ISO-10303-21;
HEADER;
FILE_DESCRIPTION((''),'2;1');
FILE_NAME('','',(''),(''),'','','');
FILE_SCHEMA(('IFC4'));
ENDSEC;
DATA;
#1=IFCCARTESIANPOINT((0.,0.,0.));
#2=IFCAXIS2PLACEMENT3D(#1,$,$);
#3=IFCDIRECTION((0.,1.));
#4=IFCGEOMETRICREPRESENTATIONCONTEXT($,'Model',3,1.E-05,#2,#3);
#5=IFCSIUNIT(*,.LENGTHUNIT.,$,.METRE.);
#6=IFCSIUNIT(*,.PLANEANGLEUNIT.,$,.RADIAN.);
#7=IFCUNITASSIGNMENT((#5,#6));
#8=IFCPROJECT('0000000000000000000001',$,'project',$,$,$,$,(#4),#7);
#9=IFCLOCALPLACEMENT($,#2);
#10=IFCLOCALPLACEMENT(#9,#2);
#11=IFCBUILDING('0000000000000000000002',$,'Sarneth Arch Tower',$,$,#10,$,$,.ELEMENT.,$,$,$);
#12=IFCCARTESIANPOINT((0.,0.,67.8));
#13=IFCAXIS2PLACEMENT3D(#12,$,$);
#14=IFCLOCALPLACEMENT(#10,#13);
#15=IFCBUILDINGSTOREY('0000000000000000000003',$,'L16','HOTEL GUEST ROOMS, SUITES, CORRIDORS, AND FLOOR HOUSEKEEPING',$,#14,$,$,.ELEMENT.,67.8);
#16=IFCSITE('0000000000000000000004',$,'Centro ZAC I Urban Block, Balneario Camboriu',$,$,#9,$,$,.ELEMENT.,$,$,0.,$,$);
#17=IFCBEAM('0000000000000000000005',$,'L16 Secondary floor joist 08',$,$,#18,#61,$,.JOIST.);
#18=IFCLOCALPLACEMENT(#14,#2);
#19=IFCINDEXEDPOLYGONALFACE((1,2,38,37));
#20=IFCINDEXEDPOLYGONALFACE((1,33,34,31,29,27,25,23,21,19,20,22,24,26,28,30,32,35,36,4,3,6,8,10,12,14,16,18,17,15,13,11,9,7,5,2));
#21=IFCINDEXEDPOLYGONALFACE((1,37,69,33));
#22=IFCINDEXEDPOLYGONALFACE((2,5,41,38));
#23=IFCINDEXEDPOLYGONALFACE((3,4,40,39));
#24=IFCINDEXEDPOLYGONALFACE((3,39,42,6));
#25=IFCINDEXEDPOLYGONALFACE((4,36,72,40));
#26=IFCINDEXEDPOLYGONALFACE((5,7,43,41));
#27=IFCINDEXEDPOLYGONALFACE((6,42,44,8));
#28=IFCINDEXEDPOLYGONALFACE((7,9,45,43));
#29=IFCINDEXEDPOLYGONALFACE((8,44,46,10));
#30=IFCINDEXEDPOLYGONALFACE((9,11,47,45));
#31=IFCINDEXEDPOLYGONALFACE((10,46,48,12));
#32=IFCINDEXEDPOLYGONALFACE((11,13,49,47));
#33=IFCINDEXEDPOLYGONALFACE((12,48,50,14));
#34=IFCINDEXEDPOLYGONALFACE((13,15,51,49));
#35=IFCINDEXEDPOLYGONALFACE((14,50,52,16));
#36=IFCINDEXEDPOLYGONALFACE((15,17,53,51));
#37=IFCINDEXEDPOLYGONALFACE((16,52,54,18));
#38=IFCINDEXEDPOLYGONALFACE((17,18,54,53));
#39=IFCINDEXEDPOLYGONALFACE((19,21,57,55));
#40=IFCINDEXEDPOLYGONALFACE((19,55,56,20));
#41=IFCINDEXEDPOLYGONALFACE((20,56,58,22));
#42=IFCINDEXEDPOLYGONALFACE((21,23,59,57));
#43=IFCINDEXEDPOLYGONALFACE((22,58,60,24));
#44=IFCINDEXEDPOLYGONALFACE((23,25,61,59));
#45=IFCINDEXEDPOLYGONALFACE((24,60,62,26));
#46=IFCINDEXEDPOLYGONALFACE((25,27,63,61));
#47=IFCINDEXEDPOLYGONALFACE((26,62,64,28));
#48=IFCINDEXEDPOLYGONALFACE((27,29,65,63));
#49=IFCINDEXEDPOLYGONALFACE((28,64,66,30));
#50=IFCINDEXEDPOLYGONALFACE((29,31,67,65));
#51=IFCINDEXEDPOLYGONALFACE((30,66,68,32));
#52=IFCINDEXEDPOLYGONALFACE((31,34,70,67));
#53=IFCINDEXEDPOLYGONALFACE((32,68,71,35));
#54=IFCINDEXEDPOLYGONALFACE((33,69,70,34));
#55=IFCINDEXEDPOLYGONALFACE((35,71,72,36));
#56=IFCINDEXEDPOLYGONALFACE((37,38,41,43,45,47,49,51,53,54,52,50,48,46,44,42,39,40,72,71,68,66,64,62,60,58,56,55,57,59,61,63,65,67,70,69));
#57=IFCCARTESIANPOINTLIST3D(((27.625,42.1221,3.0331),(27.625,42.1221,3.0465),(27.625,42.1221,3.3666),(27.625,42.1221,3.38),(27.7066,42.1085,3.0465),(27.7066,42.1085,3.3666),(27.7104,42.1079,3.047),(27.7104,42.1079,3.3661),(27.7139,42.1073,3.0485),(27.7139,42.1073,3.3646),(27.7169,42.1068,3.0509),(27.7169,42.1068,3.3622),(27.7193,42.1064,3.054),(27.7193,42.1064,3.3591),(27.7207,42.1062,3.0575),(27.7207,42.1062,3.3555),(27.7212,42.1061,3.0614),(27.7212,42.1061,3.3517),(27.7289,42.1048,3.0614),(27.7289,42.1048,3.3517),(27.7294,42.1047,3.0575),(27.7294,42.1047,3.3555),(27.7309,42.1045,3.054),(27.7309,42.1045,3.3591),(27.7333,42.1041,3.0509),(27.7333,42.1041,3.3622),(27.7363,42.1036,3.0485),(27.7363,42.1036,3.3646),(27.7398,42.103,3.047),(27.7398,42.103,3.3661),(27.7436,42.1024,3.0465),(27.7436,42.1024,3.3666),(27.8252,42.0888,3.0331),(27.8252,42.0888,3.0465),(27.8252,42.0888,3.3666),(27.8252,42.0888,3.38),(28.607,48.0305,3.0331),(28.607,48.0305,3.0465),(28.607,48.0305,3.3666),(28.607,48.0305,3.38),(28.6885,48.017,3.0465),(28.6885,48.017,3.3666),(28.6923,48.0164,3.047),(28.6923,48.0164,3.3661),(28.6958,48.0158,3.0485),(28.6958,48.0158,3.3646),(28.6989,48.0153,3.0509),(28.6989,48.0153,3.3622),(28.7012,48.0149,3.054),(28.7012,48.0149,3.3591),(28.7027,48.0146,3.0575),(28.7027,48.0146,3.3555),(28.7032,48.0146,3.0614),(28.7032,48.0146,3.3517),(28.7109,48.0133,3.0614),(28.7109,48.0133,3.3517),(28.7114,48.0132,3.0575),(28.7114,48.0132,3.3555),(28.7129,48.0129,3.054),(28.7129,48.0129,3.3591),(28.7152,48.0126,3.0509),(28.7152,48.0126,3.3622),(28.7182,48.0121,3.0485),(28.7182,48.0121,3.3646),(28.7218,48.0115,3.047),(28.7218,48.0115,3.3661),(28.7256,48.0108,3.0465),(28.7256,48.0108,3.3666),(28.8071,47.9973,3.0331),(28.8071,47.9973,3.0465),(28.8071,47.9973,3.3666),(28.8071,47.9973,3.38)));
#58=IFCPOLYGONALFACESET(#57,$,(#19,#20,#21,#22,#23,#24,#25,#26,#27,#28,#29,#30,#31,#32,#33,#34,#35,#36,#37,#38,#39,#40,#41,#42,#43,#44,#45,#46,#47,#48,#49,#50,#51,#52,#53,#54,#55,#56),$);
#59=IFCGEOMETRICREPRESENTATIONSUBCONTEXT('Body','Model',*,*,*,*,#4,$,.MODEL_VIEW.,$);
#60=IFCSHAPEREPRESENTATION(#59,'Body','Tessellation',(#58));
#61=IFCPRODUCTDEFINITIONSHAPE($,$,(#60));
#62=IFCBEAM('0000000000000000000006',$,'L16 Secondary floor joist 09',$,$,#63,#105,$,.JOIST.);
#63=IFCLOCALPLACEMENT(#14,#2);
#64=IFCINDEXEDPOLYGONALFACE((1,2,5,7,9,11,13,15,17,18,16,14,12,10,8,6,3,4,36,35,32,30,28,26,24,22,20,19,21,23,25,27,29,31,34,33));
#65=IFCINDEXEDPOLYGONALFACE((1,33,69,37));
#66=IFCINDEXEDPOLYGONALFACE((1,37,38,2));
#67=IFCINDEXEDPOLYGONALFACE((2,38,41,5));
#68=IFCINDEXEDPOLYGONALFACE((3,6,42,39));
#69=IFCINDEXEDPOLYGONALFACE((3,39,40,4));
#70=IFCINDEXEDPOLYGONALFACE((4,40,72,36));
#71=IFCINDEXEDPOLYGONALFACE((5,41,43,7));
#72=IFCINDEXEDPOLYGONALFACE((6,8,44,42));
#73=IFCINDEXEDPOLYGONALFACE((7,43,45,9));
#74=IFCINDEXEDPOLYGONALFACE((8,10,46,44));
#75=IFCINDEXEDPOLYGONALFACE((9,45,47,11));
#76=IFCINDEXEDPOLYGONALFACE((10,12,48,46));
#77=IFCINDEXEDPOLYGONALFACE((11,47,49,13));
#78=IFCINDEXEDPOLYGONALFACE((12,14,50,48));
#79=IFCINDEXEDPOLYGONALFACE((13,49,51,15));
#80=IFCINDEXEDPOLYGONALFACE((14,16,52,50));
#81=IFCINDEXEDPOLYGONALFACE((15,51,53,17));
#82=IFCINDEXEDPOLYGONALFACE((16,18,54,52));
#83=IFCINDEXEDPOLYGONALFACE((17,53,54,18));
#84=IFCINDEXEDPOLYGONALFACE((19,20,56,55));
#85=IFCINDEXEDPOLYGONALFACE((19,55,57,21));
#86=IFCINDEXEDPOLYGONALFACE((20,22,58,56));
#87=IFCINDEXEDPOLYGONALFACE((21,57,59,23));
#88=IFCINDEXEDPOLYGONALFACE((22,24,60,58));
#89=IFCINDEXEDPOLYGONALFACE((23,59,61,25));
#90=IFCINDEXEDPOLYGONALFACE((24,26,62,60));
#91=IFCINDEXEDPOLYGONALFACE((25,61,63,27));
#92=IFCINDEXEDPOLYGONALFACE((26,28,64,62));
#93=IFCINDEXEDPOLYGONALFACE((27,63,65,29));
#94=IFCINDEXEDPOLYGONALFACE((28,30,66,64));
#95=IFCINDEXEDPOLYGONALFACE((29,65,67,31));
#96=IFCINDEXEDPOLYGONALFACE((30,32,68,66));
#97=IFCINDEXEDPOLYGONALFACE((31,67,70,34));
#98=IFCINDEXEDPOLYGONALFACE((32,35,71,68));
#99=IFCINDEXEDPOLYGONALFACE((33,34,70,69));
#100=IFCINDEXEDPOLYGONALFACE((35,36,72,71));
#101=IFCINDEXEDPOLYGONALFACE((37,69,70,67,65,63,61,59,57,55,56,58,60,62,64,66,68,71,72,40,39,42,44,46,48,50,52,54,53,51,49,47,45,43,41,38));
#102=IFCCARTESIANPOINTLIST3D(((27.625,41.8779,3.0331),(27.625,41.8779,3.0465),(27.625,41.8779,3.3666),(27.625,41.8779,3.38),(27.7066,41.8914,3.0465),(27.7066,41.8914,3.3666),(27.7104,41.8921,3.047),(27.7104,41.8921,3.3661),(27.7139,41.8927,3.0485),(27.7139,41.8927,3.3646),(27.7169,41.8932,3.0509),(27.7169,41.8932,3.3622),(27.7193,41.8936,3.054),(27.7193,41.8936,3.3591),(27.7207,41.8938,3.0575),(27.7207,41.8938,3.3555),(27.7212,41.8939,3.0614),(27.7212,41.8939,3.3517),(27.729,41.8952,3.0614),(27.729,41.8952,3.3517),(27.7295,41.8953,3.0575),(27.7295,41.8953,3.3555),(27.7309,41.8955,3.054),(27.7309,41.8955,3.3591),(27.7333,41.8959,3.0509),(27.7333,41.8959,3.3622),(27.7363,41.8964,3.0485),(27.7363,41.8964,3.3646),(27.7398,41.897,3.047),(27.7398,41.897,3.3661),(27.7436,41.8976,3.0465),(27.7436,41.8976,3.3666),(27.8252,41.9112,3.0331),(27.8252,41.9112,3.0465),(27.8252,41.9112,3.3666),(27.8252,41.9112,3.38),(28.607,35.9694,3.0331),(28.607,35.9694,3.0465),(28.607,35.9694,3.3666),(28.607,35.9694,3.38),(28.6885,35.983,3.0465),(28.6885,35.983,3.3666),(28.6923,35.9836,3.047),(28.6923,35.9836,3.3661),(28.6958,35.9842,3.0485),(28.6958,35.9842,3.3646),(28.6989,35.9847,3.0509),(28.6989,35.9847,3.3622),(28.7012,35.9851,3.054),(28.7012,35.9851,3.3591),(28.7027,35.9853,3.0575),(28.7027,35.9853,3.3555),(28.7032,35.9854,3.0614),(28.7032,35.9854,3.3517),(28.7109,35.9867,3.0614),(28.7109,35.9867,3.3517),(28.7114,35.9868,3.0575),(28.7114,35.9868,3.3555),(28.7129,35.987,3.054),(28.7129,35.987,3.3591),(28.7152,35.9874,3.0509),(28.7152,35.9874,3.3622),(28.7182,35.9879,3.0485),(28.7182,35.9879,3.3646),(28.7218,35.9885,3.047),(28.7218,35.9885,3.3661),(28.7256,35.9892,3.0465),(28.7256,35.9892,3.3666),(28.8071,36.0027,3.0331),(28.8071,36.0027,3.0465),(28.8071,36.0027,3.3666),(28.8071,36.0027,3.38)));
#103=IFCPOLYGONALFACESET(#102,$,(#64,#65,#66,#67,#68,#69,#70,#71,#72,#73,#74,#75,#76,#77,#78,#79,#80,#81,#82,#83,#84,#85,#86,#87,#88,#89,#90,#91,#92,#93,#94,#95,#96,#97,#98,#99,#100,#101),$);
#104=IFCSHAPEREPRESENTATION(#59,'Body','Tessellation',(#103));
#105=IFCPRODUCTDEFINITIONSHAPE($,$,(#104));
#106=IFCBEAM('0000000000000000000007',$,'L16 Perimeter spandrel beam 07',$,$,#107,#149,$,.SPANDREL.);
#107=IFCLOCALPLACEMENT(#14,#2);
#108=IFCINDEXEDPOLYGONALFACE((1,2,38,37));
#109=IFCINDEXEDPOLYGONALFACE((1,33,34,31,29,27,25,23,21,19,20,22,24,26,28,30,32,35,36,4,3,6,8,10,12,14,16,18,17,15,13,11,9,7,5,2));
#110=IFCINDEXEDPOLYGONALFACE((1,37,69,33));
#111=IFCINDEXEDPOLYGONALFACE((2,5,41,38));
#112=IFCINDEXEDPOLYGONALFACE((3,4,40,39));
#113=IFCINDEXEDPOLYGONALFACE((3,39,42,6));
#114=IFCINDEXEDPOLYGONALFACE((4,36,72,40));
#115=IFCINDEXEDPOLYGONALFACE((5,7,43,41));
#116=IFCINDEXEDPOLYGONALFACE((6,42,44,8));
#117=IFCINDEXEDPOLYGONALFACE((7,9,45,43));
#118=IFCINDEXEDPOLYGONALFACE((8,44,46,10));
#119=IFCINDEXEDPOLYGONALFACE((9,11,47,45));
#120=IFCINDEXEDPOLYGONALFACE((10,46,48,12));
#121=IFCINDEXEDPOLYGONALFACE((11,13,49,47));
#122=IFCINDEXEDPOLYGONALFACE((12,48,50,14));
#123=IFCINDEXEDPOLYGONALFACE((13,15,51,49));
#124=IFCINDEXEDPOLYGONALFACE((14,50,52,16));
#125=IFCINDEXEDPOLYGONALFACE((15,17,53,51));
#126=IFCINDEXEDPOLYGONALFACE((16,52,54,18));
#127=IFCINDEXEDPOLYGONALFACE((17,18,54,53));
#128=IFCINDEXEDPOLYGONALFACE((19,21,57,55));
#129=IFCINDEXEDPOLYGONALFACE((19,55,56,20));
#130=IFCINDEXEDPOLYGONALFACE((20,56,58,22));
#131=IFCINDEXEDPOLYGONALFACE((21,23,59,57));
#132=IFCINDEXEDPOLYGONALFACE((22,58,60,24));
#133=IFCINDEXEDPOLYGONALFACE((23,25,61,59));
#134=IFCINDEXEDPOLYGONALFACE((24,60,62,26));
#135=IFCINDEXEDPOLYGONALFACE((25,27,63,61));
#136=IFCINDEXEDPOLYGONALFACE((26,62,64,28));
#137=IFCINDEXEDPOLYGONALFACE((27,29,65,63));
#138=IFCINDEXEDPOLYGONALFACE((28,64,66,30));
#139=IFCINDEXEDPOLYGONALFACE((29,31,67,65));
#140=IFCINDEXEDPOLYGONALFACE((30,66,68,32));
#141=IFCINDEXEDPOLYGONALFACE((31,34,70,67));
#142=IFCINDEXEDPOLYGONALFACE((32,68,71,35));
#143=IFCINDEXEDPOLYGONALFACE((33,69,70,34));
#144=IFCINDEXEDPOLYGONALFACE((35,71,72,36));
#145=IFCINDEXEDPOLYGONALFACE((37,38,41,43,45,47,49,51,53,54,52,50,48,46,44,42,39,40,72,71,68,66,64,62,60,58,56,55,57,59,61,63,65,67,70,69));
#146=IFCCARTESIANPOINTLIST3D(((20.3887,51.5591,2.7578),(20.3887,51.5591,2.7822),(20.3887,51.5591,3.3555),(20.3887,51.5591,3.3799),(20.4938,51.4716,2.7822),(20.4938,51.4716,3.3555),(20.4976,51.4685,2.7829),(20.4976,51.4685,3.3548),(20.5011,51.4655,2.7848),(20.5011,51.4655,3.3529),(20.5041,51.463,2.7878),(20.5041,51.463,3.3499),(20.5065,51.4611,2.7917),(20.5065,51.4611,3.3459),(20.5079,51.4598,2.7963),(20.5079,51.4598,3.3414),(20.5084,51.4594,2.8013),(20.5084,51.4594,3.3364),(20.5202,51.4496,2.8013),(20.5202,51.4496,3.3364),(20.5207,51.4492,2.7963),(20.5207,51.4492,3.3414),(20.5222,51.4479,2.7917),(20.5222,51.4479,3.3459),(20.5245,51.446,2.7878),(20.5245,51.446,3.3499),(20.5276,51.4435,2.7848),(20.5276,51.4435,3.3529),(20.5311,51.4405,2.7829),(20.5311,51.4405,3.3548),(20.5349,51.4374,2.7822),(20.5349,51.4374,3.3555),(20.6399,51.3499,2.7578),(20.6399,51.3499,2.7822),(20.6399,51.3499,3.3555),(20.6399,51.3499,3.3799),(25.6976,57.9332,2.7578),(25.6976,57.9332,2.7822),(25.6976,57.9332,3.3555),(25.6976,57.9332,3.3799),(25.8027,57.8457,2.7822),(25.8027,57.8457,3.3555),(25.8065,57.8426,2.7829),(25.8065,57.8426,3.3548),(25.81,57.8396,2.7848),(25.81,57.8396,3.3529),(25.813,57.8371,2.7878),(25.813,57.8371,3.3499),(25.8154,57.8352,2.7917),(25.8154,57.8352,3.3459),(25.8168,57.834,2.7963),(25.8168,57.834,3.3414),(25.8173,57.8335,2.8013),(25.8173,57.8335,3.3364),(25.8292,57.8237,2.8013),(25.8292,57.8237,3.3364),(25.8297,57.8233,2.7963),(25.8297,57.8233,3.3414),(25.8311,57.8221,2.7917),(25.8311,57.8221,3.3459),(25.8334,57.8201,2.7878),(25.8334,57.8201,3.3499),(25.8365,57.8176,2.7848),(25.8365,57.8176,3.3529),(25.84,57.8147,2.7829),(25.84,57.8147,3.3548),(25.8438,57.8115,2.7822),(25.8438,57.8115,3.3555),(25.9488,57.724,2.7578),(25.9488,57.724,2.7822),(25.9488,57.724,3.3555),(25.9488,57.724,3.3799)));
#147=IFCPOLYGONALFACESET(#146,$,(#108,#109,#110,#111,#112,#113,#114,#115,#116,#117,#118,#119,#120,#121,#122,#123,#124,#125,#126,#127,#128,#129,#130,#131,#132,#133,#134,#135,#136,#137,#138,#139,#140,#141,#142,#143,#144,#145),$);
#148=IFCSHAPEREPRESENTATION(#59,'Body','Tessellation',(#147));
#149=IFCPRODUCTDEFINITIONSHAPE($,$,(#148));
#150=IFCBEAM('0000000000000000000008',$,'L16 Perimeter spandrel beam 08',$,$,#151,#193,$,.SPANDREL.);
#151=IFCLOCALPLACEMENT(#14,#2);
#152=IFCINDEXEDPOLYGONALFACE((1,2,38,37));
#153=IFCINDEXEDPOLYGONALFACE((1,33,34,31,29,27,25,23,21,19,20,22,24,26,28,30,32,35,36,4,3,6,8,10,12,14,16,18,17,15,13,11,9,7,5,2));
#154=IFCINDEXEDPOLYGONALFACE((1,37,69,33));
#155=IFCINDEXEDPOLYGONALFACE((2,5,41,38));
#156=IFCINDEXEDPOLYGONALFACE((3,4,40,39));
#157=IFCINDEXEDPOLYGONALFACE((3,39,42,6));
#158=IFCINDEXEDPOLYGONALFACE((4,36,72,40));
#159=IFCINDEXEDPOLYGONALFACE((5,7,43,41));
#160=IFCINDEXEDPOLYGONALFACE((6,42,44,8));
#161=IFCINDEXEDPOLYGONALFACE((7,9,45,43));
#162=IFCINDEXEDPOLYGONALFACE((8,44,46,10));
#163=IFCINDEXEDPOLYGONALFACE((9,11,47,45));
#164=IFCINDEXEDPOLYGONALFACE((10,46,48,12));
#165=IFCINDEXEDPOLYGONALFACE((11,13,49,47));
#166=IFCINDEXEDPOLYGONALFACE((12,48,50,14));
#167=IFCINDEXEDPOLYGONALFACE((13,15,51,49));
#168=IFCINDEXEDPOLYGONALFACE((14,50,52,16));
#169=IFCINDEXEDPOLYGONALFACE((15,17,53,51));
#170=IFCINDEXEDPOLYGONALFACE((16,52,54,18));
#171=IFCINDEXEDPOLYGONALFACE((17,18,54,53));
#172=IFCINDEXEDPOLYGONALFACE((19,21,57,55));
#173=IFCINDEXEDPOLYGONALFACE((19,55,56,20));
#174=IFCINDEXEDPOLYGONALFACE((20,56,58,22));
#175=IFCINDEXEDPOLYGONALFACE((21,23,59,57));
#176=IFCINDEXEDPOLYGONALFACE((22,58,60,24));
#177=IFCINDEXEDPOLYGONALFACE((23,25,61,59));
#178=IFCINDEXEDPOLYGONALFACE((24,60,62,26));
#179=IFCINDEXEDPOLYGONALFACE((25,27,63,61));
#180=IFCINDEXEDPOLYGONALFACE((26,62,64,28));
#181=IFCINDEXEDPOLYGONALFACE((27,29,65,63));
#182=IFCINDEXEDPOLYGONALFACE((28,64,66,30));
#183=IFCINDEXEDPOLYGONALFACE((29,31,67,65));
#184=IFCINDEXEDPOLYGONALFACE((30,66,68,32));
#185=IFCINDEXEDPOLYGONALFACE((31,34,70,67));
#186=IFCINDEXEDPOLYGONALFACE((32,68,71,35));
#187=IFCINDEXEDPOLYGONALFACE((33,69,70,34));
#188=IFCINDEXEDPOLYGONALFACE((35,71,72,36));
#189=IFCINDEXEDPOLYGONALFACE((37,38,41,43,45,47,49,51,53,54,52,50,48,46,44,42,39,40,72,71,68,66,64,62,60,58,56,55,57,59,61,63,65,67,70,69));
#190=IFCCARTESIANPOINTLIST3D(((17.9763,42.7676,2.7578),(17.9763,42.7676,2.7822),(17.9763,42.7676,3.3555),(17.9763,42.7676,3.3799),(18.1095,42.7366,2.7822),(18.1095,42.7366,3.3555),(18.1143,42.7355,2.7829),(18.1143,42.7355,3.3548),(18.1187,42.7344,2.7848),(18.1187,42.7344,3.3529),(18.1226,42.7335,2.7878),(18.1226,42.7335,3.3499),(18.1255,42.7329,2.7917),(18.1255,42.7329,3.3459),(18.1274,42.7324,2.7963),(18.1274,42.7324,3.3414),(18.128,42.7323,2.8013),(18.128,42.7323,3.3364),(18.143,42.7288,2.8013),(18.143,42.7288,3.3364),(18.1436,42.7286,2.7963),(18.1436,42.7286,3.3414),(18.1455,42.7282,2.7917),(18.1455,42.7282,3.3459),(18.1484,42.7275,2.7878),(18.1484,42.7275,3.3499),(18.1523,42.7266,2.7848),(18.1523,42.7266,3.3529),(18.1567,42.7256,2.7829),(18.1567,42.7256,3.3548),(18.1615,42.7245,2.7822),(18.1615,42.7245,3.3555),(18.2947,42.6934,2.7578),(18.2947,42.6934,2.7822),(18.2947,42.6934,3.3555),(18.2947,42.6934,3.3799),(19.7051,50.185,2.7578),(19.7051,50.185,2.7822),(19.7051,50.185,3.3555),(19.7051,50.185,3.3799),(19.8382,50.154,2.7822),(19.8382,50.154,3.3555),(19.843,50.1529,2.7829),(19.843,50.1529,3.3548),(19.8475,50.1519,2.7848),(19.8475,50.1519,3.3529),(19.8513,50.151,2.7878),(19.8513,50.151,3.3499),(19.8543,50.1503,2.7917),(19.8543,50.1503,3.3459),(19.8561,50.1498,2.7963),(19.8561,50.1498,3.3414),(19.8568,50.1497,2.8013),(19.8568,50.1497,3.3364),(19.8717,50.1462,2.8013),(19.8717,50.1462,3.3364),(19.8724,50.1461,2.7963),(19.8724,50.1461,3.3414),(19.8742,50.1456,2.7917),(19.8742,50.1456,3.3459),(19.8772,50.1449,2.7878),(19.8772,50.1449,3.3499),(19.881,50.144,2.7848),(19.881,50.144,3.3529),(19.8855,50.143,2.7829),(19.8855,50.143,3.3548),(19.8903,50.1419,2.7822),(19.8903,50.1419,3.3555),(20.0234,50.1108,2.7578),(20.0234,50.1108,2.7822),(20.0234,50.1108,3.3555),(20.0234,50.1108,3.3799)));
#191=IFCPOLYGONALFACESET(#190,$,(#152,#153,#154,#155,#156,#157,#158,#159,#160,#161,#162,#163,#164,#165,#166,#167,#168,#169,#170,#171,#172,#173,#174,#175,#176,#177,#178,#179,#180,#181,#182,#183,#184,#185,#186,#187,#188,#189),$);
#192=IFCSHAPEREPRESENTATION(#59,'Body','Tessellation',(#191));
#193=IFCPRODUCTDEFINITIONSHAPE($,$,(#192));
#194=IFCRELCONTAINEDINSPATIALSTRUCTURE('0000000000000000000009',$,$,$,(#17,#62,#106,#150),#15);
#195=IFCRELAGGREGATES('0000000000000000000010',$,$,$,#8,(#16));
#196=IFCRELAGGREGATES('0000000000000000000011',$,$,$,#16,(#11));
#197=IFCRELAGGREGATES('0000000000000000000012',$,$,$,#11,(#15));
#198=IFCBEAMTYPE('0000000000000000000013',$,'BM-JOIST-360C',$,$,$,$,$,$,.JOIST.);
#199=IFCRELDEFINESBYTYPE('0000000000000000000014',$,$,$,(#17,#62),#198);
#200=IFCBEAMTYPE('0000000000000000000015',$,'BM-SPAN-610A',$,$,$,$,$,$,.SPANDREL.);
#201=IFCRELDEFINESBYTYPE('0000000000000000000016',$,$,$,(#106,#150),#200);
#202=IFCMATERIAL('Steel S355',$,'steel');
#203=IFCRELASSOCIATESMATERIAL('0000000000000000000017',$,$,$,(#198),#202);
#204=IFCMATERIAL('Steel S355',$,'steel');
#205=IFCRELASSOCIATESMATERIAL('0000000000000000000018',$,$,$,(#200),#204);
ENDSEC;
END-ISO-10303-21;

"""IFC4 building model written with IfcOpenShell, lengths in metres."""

from ifc_helpers import new_model, si_unit, direction, frame, origin, origin_2d, place, context, subcontext, project, spatial, i_section, extrude, material, material_profile, profile_set, type_object, element, save


model = new_model("IFC4")

# Units and contexts
model_context = context("Model", 3, precision=1e-05, world=origin(), true_north=direction((0.0, 1.0)))
body_context = subcontext(model_context, "Body", "Model", "MODEL_VIEW")
ifc_project = project(units=[si_unit("LENGTHUNIT", "METRE"), si_unit("PLANEANGLEUNIT", "RADIAN")], contexts=[model_context])

# Site, building, storey
site_placement = place(None, origin())
site = spatial("IfcSite", under=ifc_project, at=site_placement, Name="Centro ZAC I Urban Block, Balneario Camboriu", CompositionType="ELEMENT", RefElevation=0.0)
building_placement = place(site_placement, origin())
building = spatial("IfcBuilding", under=site, at=building_placement, Name="Sarneth Arch Tower", CompositionType="ELEMENT")
storey_placement = place(building_placement, frame((0.0, 0.0, 67.8)))
storey = spatial("IfcBuildingStorey", under=building, at=storey_placement, Name="L16", Description="HOTEL GUEST ROOMS, SUITES, CORRIDORS, AND FLOOR HOUSEKEEPING", CompositionType="ELEMENT", Elevation=67.8)

# Beams
ifc_material_1 = material(Name="Steel S355", Category="steel")
ifc_material_profile_1 = material_profile(ifc_material_1, i_section(OverallWidth=0.2029, OverallDepth=0.3469, WebThickness=0.0078, FlangeThickness=0.0134, FilletRadius=0.0149, at=origin_2d()), Name="W360x64")
ifc_profile_set_1 = profile_set([ifc_material_profile_1], Name="Steel S355")
beam_type_1 = type_object("IfcBeamType", Name="BM-JOIST-360C", PredefinedType="JOIST", material=ifc_profile_set_1)
for number, where, z_axis, x_axis, name in (
    (1, (28.707, 48.0139, 3.2065), (-0.163943, -0.98647, 0.0), (0.98647, -0.163943, 0.0), "L16 Secondary floor joist 08"),
    (2, (27.7251, 41.8945, 3.2065), (0.163943, -0.98647, 0.0), (0.98647, 0.163943, 0.0), "L16 Secondary floor joist 09"),
):
    element("IfcBeam", number, at=place(storey_placement, frame(where, z_axis=z_axis, x_axis=x_axis)), inside=storey, type_object=beam_type_1, Name=name, PredefinedType="JOIST", context=body_context, shape_type="SweptSolid", body=[
        extrude(i_section(OverallWidth=0.2029, OverallDepth=0.3469, WebThickness=0.0078, FlangeThickness=0.0134, FilletRadius=0.0149, at=origin_2d()), origin(), (0.0, 0.0, 1.0), 5.9895),
    ])
ifc_material_2 = material(Name="Steel S355", Category="steel")
ifc_material_profile_2 = material_profile(ifc_material_2, i_section(OverallWidth=0.3269, OverallDepth=0.6221, WebThickness=0.0154, FlangeThickness=0.0244, FilletRadius=0.019, at=origin_2d()), Name="W610x195")
ifc_profile_set_2 = profile_set([ifc_material_profile_2], Name="Steel S355")
beam_type_2 = type_object("IfcBeamType", Name="BM-SPAN-610A", PredefinedType="SPANDREL", material=ifc_profile_set_2)
beam_1_placement = place(storey_placement, frame((25.8232, 57.8286, 3.0688), z_axis=(-0.639982, -0.76839, 0.0), x_axis=(0.76839, -0.639982, 0.0)))
element("IfcBeam", 3, at=beam_1_placement, inside=storey, type_object=beam_type_2, Name="L16 Perimeter spandrel beam 07", PredefinedType="SPANDREL", context=body_context, shape_type="SweptSolid", body=[
    extrude(i_section(OverallWidth=0.3269, OverallDepth=0.6221, WebThickness=0.0154, FlangeThickness=0.0244, FilletRadius=0.019, at=origin_2d()), origin(), (0.0, 0.0, 1.0), 8.2954),
])
beam_2_placement = place(storey_placement, frame((19.8643, 50.1479, 3.0688), z_axis=(-0.226982, -0.973899, 0.0), x_axis=(0.973899, -0.226982, 0.0)))
element("IfcBeam", 4, at=beam_2_placement, inside=storey, type_object=beam_type_2, Name="L16 Perimeter spandrel beam 08", PredefinedType="SPANDREL", context=body_context, shape_type="SweptSolid", body=[
    extrude(i_section(OverallWidth=0.3269, OverallDepth=0.6221, WebThickness=0.0154, FlangeThickness=0.0244, FilletRadius=0.019, at=origin_2d()), origin(), (0.0, 0.0, 1.0), 7.6162),
])

save(model, "model.ifc")
